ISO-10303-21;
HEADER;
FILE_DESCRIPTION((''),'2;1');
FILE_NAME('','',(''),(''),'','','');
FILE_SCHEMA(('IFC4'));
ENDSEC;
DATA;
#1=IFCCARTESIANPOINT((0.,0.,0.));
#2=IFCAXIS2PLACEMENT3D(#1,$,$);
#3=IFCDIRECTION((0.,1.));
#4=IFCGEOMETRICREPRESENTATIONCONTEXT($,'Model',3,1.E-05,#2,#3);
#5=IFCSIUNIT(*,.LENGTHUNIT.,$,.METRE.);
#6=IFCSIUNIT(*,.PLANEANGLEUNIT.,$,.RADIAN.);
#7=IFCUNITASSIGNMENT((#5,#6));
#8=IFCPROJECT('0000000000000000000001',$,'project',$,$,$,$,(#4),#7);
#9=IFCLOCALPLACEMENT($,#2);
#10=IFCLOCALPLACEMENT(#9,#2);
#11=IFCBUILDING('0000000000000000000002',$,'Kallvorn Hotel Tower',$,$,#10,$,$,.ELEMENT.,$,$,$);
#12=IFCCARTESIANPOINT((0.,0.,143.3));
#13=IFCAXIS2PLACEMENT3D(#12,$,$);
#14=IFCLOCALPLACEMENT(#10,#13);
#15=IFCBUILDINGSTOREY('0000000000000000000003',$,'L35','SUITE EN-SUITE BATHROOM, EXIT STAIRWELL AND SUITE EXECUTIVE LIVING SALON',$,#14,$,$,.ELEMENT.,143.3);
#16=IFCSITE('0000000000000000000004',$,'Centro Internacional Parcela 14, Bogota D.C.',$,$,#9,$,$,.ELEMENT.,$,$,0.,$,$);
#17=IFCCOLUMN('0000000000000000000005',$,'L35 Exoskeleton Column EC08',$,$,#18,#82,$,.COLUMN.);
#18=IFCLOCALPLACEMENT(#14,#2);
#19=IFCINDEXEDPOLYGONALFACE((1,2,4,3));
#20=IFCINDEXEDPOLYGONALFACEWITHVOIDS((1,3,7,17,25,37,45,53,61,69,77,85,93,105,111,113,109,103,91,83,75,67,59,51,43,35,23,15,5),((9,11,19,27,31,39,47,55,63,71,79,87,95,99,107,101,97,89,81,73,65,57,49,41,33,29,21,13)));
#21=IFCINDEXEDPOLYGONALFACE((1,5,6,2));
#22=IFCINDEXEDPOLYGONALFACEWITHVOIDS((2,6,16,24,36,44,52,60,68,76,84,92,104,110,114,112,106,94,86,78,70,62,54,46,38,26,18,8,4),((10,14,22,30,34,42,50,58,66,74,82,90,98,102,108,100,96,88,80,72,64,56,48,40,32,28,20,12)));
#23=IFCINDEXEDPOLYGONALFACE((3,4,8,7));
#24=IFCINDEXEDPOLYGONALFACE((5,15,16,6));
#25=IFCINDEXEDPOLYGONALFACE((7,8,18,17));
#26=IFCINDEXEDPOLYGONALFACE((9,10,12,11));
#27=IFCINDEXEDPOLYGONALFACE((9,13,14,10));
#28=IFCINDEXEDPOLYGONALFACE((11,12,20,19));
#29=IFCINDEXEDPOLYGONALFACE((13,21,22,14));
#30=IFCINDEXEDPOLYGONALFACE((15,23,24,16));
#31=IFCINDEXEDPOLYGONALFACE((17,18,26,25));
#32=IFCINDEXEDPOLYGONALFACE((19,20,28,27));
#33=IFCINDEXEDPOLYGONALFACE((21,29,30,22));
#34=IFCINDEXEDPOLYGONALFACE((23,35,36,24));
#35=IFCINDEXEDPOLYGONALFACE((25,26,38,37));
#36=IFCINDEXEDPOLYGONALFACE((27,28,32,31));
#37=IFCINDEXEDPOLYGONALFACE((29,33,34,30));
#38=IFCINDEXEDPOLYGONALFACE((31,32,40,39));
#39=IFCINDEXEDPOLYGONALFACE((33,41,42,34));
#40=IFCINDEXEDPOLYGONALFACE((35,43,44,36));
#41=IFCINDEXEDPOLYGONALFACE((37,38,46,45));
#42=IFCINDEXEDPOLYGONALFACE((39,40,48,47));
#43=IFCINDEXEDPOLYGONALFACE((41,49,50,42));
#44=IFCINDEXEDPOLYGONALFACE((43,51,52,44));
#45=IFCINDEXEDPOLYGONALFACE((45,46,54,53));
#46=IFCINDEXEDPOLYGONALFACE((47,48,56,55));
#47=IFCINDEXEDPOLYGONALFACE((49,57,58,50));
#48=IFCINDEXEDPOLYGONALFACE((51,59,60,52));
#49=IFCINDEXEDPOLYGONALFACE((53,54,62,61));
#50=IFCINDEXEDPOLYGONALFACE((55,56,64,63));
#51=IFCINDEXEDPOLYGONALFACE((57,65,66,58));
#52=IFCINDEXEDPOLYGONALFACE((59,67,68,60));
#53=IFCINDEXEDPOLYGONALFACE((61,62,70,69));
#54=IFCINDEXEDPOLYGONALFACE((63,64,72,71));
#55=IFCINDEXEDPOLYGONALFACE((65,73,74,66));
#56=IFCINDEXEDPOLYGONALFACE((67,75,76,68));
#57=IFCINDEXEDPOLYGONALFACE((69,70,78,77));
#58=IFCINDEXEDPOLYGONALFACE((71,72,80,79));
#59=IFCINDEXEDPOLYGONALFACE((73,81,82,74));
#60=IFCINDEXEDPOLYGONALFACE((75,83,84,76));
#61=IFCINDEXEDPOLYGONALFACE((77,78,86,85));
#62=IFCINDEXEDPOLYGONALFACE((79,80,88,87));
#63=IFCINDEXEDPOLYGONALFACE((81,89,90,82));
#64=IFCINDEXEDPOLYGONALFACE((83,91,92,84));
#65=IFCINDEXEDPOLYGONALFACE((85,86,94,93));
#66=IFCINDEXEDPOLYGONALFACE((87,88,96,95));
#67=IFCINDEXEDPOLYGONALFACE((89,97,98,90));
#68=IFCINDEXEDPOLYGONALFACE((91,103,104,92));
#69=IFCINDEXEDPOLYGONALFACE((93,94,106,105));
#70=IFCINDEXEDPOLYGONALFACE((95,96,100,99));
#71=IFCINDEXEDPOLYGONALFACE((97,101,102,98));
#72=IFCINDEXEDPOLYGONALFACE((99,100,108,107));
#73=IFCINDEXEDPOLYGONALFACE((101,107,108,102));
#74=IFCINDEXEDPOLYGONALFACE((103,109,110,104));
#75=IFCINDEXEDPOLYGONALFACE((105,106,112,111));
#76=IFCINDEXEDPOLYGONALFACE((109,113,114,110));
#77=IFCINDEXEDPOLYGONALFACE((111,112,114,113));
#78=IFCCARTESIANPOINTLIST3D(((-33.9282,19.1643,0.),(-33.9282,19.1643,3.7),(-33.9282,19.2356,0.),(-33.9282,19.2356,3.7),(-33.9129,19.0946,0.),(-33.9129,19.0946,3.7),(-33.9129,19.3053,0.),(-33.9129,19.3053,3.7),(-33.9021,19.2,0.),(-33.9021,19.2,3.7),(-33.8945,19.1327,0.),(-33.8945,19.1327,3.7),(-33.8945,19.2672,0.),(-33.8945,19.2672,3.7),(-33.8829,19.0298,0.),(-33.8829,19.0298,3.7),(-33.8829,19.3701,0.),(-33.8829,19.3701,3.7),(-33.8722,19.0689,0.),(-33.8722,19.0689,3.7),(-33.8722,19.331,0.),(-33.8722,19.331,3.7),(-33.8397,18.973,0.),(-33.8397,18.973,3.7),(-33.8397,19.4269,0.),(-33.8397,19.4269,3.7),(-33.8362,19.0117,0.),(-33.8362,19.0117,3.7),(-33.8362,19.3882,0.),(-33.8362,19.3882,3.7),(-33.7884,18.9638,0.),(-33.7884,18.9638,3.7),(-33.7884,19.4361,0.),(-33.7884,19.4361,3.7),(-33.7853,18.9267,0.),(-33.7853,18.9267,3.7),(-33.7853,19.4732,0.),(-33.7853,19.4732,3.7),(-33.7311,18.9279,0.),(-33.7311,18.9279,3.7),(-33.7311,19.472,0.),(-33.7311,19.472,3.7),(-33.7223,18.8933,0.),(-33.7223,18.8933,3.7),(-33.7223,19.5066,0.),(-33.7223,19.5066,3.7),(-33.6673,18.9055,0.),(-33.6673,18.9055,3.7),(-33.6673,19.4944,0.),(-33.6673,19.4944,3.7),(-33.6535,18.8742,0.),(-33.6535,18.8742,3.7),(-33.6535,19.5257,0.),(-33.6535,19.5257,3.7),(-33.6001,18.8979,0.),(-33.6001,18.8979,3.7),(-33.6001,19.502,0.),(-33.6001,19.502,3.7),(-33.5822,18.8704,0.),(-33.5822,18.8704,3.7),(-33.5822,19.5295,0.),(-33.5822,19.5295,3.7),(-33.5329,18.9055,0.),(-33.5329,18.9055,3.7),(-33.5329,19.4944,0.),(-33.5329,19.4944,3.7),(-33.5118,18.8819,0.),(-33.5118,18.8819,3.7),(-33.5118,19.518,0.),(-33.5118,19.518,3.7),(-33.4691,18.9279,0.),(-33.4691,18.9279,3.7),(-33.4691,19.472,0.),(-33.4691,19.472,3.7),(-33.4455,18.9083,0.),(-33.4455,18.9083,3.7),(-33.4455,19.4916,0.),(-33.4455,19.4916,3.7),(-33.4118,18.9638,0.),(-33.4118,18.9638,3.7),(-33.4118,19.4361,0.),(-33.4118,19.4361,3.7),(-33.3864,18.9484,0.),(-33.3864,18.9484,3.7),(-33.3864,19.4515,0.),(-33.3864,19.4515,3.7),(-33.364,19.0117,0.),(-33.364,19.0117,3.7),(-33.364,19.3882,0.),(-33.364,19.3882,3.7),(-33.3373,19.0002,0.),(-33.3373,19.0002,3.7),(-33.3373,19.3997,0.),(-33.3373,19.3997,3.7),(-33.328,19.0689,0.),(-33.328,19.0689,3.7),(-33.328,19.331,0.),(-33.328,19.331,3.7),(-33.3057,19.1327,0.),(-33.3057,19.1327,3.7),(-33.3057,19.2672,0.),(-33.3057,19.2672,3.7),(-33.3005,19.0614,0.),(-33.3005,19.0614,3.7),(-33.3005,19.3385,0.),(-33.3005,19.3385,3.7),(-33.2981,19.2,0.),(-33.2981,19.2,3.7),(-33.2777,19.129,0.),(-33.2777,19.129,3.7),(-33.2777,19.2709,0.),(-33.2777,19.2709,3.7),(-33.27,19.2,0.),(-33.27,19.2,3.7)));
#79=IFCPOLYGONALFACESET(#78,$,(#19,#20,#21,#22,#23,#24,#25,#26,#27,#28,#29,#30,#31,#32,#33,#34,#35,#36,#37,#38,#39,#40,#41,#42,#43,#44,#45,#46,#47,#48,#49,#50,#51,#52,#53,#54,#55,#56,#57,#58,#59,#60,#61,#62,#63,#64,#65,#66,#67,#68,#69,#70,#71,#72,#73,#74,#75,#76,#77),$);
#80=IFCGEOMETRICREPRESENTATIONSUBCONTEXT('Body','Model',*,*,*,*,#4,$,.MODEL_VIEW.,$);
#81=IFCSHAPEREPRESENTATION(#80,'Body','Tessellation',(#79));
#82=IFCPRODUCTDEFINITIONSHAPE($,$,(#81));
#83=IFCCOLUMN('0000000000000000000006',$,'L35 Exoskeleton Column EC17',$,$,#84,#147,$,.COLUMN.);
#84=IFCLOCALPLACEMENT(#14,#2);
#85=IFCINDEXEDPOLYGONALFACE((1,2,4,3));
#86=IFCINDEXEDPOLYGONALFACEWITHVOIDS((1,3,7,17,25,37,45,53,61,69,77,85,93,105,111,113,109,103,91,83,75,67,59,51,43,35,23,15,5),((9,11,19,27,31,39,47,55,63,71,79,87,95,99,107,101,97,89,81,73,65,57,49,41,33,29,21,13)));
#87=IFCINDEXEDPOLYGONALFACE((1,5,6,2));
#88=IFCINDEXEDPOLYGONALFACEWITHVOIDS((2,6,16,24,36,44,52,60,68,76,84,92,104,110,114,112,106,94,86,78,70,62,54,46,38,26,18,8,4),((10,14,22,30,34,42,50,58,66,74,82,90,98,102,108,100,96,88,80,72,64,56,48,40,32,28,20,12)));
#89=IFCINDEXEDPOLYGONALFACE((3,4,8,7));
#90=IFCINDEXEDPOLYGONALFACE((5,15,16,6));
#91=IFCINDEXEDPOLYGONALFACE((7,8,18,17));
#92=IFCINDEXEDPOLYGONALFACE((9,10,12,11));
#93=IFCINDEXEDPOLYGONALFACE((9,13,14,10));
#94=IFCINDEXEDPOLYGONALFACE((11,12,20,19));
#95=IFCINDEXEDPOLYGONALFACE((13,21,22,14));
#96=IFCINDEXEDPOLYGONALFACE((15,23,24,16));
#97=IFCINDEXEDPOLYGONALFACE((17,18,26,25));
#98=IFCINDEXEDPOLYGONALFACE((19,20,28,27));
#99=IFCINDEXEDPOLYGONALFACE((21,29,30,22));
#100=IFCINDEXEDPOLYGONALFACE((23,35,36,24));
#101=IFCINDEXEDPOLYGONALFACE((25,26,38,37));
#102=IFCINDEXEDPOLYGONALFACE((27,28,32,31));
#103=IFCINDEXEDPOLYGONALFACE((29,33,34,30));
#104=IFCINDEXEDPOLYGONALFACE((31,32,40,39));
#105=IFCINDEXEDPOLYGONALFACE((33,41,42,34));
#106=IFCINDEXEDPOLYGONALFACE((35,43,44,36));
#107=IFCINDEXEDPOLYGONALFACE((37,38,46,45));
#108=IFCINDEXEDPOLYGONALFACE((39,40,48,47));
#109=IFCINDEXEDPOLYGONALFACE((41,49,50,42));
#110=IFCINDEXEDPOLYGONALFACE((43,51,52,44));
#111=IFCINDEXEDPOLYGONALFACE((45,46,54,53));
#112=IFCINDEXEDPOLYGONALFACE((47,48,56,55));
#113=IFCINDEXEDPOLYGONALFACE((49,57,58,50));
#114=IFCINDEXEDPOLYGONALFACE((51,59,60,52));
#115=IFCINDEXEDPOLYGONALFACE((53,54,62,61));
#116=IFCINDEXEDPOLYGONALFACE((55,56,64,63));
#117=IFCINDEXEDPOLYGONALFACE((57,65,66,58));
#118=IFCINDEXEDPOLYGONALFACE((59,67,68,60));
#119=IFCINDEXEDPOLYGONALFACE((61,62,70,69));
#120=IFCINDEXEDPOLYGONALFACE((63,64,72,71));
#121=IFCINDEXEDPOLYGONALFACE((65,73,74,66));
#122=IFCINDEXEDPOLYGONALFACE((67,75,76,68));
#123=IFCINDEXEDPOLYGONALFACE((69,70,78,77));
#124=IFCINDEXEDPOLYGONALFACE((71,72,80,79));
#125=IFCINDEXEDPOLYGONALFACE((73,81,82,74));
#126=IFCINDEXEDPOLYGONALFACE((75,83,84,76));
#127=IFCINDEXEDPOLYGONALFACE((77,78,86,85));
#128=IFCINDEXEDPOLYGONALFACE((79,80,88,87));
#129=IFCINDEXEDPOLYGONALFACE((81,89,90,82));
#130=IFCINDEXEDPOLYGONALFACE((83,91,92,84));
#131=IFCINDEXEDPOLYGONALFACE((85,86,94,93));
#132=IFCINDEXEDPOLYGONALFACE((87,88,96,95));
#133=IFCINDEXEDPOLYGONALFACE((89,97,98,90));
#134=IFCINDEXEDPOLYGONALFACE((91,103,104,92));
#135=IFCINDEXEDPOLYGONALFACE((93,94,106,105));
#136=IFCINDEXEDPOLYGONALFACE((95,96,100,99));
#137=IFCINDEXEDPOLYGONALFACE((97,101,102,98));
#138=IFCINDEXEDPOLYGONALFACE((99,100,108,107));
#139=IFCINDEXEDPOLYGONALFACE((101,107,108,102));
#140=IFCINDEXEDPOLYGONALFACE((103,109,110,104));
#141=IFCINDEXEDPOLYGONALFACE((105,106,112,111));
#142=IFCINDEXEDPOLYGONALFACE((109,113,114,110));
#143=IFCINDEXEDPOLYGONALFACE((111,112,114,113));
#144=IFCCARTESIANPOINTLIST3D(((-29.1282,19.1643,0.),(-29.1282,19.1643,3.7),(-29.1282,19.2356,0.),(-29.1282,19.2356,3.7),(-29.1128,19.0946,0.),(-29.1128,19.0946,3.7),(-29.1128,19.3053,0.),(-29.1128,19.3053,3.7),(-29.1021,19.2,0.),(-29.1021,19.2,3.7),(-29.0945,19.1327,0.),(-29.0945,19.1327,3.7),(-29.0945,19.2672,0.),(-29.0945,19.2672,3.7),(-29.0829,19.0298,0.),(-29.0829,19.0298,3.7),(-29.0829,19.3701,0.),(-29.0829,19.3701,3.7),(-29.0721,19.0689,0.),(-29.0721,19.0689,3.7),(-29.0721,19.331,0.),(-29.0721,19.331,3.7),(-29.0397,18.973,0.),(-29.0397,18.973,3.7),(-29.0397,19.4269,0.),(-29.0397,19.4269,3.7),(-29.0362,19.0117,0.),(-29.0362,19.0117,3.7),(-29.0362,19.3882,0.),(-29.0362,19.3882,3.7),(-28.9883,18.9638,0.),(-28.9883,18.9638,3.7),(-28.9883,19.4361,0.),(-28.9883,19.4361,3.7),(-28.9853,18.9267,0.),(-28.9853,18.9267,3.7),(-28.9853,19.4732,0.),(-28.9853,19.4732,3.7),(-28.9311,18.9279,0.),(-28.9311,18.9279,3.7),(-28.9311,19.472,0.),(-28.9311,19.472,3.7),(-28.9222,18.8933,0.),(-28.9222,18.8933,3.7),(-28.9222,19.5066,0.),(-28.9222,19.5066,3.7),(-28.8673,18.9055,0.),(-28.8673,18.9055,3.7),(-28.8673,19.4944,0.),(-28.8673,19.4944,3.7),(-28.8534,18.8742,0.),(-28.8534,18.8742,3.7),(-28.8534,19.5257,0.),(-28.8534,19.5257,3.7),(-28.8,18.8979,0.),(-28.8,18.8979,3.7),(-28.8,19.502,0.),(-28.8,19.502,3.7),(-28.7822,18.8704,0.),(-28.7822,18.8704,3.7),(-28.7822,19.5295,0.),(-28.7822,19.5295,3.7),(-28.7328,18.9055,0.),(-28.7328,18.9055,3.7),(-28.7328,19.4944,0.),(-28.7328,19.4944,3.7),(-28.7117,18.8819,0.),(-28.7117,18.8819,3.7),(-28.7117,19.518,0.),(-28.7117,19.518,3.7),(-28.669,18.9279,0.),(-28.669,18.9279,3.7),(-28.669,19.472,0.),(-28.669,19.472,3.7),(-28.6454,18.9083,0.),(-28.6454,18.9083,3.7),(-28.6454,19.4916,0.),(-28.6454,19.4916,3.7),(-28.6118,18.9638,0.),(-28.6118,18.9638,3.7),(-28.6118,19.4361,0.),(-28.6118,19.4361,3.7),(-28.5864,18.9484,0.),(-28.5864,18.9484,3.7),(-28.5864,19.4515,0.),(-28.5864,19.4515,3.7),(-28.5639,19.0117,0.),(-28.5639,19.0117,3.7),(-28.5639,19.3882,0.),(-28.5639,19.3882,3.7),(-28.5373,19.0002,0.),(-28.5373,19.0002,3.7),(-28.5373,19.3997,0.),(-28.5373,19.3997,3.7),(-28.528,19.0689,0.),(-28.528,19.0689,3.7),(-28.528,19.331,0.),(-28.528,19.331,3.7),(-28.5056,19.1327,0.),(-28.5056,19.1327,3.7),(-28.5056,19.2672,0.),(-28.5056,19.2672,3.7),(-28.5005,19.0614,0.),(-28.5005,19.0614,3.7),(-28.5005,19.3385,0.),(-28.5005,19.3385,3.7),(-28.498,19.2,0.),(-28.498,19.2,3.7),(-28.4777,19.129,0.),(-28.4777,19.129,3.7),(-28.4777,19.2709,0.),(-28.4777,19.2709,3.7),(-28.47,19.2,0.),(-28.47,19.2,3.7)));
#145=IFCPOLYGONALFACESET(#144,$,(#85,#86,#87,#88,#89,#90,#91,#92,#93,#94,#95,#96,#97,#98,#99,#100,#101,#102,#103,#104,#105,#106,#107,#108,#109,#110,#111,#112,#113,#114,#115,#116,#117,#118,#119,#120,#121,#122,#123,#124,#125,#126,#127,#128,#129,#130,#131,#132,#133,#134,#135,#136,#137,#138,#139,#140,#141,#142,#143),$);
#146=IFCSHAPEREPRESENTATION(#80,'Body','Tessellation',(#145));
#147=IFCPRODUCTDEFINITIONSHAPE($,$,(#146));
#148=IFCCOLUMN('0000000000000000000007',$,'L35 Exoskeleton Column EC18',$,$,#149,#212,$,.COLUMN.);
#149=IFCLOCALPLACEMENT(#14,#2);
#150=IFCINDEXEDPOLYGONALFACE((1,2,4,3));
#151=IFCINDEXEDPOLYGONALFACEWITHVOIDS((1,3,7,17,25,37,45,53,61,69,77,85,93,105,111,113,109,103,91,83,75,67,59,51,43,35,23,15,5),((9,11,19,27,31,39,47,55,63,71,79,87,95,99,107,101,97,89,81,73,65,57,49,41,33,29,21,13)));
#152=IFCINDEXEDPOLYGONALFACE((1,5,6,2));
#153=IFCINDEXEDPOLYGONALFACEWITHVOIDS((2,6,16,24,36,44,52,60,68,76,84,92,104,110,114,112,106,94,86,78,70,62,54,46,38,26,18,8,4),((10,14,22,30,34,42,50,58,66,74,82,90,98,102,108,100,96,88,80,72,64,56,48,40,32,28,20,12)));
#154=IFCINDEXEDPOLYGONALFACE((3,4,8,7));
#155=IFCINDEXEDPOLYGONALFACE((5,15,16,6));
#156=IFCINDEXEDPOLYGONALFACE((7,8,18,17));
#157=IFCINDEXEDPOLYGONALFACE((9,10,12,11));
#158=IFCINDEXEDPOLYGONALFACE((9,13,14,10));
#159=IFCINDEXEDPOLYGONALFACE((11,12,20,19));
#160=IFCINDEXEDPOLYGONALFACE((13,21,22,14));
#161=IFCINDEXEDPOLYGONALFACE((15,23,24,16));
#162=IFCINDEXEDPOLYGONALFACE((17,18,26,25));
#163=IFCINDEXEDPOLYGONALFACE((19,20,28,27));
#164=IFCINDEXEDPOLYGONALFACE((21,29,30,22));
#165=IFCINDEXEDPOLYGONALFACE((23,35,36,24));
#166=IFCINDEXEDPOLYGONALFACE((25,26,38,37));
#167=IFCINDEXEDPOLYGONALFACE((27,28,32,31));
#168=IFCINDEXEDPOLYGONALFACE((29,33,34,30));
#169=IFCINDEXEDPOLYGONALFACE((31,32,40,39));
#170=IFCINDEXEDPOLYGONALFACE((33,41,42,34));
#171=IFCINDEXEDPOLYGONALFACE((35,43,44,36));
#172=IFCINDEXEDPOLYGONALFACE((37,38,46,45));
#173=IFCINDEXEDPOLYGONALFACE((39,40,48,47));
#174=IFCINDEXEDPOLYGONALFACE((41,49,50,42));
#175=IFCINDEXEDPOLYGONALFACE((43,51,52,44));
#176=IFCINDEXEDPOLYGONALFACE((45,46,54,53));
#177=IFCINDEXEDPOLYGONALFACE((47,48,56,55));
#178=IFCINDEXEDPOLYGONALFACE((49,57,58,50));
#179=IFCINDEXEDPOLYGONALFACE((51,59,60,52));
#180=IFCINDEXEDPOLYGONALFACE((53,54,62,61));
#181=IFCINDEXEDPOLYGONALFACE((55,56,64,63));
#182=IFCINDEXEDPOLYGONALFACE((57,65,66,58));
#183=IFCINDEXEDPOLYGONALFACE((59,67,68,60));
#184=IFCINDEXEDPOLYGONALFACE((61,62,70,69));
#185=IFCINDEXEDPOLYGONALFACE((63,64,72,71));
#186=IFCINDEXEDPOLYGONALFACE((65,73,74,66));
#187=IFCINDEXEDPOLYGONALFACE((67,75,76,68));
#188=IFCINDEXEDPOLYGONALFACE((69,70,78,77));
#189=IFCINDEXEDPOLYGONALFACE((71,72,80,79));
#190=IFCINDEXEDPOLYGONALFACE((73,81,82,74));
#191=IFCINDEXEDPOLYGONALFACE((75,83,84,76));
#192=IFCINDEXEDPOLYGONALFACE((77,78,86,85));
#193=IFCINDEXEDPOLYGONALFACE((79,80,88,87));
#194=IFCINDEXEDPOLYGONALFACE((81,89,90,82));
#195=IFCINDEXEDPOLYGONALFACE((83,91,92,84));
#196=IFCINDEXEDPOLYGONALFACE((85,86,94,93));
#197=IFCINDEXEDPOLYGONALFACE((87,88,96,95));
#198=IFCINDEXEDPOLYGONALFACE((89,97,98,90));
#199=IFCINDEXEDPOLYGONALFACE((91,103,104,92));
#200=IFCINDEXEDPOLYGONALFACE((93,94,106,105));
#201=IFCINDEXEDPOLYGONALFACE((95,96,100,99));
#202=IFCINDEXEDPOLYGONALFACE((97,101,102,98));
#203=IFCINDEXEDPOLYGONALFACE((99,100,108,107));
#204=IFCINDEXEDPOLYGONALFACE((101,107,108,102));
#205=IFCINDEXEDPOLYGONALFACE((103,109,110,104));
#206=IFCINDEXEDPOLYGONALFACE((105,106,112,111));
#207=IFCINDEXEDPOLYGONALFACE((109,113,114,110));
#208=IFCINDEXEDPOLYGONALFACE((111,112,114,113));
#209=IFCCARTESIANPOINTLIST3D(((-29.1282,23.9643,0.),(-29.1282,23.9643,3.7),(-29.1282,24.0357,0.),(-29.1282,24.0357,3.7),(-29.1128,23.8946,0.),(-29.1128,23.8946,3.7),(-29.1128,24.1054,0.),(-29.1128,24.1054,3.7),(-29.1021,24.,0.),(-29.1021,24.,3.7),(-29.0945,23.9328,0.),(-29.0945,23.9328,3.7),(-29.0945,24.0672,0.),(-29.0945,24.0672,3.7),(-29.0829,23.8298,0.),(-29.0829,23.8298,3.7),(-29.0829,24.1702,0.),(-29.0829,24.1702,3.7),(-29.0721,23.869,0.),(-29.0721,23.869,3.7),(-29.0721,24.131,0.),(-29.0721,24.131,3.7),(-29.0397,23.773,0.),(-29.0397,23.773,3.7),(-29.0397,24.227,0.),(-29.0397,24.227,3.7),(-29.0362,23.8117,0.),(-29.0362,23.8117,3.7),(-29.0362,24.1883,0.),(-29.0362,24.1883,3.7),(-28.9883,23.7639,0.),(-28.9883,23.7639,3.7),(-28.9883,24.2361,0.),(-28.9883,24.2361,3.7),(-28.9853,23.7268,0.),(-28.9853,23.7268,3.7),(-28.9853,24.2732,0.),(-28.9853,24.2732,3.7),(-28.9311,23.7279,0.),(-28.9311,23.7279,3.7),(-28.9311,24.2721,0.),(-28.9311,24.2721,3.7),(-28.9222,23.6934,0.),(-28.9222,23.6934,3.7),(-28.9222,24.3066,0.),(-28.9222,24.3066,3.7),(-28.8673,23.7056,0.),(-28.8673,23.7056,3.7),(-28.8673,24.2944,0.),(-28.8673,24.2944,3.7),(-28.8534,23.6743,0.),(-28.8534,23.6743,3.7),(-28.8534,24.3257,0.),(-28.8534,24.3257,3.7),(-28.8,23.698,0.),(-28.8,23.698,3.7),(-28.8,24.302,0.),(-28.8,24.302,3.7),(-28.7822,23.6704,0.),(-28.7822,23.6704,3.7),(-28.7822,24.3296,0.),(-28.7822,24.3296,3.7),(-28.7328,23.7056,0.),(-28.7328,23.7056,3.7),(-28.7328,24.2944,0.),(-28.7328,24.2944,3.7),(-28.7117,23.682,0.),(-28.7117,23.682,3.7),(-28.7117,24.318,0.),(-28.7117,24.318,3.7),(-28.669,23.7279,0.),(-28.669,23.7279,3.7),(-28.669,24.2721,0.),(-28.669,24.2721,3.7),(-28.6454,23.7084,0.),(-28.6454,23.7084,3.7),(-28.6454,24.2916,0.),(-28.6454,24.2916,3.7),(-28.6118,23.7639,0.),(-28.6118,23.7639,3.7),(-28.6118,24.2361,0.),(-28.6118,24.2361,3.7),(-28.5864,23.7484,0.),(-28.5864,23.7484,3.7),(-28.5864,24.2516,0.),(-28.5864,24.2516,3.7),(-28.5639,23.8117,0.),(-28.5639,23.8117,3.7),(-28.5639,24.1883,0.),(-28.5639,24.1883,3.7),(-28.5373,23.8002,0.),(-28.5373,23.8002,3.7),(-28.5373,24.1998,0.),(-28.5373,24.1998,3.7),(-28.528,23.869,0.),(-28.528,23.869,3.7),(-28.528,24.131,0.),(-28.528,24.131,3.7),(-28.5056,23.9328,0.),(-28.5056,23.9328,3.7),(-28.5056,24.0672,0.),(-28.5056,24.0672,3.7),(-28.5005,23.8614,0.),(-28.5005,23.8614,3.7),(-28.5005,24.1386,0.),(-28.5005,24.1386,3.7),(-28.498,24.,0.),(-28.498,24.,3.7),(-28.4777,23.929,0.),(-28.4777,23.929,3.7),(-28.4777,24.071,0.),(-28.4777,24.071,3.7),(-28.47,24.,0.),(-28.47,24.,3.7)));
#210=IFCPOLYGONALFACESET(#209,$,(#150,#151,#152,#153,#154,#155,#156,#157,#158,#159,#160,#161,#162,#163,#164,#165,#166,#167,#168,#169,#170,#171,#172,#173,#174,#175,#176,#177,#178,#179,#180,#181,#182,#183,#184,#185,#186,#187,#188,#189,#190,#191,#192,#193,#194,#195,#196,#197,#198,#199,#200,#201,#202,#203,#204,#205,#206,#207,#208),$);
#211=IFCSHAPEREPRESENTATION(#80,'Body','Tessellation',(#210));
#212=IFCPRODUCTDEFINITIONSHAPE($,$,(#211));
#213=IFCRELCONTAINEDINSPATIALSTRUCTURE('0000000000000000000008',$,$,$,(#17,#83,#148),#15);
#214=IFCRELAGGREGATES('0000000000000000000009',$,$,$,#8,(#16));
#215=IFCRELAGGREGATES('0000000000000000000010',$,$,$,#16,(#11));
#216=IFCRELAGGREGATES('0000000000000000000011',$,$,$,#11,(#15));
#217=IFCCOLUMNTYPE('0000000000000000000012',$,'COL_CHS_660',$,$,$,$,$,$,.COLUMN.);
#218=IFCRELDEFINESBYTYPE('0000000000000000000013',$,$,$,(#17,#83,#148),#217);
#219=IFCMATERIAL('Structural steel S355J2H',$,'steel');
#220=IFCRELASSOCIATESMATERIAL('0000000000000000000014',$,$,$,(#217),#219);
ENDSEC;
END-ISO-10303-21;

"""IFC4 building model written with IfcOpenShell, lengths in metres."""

from ifc_helpers import new_model, si_unit, direction, frame, origin, origin_2d, place, context, subcontext, project, spatial, hollow_circle, extrude, material, material_profile, profile_set, type_object, element, save


model = new_model("IFC4")

# Units and contexts
model_context = context("Model", 3, precision=1e-05, world=origin(), true_north=direction((0.0, 1.0)))
body_context = subcontext(model_context, "Body", "Model", "MODEL_VIEW")
ifc_project = project(units=[si_unit("LENGTHUNIT", "METRE"), si_unit("PLANEANGLEUNIT", "RADIAN")], contexts=[model_context])

# Site, building, storey
site_placement = place(None, origin())
site = spatial("IfcSite", under=ifc_project, at=site_placement, Name="Centro Internacional Parcela 14, Bogota D.C.", CompositionType="ELEMENT", RefElevation=0.0)
building_placement = place(site_placement, origin())
building = spatial("IfcBuilding", under=site, at=building_placement, Name="Kallvorn Hotel Tower", CompositionType="ELEMENT")
storey_placement = place(building_placement, frame((0.0, 0.0, 143.3)))
storey = spatial("IfcBuildingStorey", under=building, at=storey_placement, Name="L35", Description="SUITE EN-SUITE BATHROOM, EXIT STAIRWELL AND SUITE EXECUTIVE LIVING SALON", CompositionType="ELEMENT", Elevation=143.3)

# Columns
ifc_material_1 = material(Name="Structural steel S355J2H", Category="steel")
ifc_material_profile_1 = material_profile(ifc_material_1, hollow_circle(Radius=0.3301, WallThickness=0.0281, at=origin_2d()), Name="CHS 660x28")
ifc_profile_set_1 = profile_set([ifc_material_profile_1], Name="Structural steel S355J2H")
column_type_1 = type_object("IfcColumnType", Name="COL_CHS_660", PredefinedType="COLUMN", material=ifc_profile_set_1)
for number, where, z_axis, x_axis, name in (
    (1, (-33.6001, 19.2, 0.0), (0.0, 0.0, 1.0), (1.0, 0.0, 0.0), "L35 Exoskeleton Column EC08"),
    (2, (-28.8, 19.2, 0.0), (0.0, 0.0, 1.0), (1.0, 0.0, 0.0), "L35 Exoskeleton Column EC17"),
    (3, (-28.8, 24.0, 0.0), (0.0, 0.0, 1.0), (1.0, 0.0, 0.0), "L35 Exoskeleton Column EC18"),
):
    element("IfcColumn", number, at=place(storey_placement, frame(where, z_axis=z_axis, x_axis=x_axis)), inside=storey, type_object=column_type_1, Name=name, PredefinedType="COLUMN", context=body_context, shape_type="SweptSolid", body=[
        extrude(hollow_circle(Radius=0.3301, WallThickness=0.0281, at=origin_2d()), origin(), (0.0, 0.0, 1.0), 3.7),
    ])

save(model, "model.ifc")
